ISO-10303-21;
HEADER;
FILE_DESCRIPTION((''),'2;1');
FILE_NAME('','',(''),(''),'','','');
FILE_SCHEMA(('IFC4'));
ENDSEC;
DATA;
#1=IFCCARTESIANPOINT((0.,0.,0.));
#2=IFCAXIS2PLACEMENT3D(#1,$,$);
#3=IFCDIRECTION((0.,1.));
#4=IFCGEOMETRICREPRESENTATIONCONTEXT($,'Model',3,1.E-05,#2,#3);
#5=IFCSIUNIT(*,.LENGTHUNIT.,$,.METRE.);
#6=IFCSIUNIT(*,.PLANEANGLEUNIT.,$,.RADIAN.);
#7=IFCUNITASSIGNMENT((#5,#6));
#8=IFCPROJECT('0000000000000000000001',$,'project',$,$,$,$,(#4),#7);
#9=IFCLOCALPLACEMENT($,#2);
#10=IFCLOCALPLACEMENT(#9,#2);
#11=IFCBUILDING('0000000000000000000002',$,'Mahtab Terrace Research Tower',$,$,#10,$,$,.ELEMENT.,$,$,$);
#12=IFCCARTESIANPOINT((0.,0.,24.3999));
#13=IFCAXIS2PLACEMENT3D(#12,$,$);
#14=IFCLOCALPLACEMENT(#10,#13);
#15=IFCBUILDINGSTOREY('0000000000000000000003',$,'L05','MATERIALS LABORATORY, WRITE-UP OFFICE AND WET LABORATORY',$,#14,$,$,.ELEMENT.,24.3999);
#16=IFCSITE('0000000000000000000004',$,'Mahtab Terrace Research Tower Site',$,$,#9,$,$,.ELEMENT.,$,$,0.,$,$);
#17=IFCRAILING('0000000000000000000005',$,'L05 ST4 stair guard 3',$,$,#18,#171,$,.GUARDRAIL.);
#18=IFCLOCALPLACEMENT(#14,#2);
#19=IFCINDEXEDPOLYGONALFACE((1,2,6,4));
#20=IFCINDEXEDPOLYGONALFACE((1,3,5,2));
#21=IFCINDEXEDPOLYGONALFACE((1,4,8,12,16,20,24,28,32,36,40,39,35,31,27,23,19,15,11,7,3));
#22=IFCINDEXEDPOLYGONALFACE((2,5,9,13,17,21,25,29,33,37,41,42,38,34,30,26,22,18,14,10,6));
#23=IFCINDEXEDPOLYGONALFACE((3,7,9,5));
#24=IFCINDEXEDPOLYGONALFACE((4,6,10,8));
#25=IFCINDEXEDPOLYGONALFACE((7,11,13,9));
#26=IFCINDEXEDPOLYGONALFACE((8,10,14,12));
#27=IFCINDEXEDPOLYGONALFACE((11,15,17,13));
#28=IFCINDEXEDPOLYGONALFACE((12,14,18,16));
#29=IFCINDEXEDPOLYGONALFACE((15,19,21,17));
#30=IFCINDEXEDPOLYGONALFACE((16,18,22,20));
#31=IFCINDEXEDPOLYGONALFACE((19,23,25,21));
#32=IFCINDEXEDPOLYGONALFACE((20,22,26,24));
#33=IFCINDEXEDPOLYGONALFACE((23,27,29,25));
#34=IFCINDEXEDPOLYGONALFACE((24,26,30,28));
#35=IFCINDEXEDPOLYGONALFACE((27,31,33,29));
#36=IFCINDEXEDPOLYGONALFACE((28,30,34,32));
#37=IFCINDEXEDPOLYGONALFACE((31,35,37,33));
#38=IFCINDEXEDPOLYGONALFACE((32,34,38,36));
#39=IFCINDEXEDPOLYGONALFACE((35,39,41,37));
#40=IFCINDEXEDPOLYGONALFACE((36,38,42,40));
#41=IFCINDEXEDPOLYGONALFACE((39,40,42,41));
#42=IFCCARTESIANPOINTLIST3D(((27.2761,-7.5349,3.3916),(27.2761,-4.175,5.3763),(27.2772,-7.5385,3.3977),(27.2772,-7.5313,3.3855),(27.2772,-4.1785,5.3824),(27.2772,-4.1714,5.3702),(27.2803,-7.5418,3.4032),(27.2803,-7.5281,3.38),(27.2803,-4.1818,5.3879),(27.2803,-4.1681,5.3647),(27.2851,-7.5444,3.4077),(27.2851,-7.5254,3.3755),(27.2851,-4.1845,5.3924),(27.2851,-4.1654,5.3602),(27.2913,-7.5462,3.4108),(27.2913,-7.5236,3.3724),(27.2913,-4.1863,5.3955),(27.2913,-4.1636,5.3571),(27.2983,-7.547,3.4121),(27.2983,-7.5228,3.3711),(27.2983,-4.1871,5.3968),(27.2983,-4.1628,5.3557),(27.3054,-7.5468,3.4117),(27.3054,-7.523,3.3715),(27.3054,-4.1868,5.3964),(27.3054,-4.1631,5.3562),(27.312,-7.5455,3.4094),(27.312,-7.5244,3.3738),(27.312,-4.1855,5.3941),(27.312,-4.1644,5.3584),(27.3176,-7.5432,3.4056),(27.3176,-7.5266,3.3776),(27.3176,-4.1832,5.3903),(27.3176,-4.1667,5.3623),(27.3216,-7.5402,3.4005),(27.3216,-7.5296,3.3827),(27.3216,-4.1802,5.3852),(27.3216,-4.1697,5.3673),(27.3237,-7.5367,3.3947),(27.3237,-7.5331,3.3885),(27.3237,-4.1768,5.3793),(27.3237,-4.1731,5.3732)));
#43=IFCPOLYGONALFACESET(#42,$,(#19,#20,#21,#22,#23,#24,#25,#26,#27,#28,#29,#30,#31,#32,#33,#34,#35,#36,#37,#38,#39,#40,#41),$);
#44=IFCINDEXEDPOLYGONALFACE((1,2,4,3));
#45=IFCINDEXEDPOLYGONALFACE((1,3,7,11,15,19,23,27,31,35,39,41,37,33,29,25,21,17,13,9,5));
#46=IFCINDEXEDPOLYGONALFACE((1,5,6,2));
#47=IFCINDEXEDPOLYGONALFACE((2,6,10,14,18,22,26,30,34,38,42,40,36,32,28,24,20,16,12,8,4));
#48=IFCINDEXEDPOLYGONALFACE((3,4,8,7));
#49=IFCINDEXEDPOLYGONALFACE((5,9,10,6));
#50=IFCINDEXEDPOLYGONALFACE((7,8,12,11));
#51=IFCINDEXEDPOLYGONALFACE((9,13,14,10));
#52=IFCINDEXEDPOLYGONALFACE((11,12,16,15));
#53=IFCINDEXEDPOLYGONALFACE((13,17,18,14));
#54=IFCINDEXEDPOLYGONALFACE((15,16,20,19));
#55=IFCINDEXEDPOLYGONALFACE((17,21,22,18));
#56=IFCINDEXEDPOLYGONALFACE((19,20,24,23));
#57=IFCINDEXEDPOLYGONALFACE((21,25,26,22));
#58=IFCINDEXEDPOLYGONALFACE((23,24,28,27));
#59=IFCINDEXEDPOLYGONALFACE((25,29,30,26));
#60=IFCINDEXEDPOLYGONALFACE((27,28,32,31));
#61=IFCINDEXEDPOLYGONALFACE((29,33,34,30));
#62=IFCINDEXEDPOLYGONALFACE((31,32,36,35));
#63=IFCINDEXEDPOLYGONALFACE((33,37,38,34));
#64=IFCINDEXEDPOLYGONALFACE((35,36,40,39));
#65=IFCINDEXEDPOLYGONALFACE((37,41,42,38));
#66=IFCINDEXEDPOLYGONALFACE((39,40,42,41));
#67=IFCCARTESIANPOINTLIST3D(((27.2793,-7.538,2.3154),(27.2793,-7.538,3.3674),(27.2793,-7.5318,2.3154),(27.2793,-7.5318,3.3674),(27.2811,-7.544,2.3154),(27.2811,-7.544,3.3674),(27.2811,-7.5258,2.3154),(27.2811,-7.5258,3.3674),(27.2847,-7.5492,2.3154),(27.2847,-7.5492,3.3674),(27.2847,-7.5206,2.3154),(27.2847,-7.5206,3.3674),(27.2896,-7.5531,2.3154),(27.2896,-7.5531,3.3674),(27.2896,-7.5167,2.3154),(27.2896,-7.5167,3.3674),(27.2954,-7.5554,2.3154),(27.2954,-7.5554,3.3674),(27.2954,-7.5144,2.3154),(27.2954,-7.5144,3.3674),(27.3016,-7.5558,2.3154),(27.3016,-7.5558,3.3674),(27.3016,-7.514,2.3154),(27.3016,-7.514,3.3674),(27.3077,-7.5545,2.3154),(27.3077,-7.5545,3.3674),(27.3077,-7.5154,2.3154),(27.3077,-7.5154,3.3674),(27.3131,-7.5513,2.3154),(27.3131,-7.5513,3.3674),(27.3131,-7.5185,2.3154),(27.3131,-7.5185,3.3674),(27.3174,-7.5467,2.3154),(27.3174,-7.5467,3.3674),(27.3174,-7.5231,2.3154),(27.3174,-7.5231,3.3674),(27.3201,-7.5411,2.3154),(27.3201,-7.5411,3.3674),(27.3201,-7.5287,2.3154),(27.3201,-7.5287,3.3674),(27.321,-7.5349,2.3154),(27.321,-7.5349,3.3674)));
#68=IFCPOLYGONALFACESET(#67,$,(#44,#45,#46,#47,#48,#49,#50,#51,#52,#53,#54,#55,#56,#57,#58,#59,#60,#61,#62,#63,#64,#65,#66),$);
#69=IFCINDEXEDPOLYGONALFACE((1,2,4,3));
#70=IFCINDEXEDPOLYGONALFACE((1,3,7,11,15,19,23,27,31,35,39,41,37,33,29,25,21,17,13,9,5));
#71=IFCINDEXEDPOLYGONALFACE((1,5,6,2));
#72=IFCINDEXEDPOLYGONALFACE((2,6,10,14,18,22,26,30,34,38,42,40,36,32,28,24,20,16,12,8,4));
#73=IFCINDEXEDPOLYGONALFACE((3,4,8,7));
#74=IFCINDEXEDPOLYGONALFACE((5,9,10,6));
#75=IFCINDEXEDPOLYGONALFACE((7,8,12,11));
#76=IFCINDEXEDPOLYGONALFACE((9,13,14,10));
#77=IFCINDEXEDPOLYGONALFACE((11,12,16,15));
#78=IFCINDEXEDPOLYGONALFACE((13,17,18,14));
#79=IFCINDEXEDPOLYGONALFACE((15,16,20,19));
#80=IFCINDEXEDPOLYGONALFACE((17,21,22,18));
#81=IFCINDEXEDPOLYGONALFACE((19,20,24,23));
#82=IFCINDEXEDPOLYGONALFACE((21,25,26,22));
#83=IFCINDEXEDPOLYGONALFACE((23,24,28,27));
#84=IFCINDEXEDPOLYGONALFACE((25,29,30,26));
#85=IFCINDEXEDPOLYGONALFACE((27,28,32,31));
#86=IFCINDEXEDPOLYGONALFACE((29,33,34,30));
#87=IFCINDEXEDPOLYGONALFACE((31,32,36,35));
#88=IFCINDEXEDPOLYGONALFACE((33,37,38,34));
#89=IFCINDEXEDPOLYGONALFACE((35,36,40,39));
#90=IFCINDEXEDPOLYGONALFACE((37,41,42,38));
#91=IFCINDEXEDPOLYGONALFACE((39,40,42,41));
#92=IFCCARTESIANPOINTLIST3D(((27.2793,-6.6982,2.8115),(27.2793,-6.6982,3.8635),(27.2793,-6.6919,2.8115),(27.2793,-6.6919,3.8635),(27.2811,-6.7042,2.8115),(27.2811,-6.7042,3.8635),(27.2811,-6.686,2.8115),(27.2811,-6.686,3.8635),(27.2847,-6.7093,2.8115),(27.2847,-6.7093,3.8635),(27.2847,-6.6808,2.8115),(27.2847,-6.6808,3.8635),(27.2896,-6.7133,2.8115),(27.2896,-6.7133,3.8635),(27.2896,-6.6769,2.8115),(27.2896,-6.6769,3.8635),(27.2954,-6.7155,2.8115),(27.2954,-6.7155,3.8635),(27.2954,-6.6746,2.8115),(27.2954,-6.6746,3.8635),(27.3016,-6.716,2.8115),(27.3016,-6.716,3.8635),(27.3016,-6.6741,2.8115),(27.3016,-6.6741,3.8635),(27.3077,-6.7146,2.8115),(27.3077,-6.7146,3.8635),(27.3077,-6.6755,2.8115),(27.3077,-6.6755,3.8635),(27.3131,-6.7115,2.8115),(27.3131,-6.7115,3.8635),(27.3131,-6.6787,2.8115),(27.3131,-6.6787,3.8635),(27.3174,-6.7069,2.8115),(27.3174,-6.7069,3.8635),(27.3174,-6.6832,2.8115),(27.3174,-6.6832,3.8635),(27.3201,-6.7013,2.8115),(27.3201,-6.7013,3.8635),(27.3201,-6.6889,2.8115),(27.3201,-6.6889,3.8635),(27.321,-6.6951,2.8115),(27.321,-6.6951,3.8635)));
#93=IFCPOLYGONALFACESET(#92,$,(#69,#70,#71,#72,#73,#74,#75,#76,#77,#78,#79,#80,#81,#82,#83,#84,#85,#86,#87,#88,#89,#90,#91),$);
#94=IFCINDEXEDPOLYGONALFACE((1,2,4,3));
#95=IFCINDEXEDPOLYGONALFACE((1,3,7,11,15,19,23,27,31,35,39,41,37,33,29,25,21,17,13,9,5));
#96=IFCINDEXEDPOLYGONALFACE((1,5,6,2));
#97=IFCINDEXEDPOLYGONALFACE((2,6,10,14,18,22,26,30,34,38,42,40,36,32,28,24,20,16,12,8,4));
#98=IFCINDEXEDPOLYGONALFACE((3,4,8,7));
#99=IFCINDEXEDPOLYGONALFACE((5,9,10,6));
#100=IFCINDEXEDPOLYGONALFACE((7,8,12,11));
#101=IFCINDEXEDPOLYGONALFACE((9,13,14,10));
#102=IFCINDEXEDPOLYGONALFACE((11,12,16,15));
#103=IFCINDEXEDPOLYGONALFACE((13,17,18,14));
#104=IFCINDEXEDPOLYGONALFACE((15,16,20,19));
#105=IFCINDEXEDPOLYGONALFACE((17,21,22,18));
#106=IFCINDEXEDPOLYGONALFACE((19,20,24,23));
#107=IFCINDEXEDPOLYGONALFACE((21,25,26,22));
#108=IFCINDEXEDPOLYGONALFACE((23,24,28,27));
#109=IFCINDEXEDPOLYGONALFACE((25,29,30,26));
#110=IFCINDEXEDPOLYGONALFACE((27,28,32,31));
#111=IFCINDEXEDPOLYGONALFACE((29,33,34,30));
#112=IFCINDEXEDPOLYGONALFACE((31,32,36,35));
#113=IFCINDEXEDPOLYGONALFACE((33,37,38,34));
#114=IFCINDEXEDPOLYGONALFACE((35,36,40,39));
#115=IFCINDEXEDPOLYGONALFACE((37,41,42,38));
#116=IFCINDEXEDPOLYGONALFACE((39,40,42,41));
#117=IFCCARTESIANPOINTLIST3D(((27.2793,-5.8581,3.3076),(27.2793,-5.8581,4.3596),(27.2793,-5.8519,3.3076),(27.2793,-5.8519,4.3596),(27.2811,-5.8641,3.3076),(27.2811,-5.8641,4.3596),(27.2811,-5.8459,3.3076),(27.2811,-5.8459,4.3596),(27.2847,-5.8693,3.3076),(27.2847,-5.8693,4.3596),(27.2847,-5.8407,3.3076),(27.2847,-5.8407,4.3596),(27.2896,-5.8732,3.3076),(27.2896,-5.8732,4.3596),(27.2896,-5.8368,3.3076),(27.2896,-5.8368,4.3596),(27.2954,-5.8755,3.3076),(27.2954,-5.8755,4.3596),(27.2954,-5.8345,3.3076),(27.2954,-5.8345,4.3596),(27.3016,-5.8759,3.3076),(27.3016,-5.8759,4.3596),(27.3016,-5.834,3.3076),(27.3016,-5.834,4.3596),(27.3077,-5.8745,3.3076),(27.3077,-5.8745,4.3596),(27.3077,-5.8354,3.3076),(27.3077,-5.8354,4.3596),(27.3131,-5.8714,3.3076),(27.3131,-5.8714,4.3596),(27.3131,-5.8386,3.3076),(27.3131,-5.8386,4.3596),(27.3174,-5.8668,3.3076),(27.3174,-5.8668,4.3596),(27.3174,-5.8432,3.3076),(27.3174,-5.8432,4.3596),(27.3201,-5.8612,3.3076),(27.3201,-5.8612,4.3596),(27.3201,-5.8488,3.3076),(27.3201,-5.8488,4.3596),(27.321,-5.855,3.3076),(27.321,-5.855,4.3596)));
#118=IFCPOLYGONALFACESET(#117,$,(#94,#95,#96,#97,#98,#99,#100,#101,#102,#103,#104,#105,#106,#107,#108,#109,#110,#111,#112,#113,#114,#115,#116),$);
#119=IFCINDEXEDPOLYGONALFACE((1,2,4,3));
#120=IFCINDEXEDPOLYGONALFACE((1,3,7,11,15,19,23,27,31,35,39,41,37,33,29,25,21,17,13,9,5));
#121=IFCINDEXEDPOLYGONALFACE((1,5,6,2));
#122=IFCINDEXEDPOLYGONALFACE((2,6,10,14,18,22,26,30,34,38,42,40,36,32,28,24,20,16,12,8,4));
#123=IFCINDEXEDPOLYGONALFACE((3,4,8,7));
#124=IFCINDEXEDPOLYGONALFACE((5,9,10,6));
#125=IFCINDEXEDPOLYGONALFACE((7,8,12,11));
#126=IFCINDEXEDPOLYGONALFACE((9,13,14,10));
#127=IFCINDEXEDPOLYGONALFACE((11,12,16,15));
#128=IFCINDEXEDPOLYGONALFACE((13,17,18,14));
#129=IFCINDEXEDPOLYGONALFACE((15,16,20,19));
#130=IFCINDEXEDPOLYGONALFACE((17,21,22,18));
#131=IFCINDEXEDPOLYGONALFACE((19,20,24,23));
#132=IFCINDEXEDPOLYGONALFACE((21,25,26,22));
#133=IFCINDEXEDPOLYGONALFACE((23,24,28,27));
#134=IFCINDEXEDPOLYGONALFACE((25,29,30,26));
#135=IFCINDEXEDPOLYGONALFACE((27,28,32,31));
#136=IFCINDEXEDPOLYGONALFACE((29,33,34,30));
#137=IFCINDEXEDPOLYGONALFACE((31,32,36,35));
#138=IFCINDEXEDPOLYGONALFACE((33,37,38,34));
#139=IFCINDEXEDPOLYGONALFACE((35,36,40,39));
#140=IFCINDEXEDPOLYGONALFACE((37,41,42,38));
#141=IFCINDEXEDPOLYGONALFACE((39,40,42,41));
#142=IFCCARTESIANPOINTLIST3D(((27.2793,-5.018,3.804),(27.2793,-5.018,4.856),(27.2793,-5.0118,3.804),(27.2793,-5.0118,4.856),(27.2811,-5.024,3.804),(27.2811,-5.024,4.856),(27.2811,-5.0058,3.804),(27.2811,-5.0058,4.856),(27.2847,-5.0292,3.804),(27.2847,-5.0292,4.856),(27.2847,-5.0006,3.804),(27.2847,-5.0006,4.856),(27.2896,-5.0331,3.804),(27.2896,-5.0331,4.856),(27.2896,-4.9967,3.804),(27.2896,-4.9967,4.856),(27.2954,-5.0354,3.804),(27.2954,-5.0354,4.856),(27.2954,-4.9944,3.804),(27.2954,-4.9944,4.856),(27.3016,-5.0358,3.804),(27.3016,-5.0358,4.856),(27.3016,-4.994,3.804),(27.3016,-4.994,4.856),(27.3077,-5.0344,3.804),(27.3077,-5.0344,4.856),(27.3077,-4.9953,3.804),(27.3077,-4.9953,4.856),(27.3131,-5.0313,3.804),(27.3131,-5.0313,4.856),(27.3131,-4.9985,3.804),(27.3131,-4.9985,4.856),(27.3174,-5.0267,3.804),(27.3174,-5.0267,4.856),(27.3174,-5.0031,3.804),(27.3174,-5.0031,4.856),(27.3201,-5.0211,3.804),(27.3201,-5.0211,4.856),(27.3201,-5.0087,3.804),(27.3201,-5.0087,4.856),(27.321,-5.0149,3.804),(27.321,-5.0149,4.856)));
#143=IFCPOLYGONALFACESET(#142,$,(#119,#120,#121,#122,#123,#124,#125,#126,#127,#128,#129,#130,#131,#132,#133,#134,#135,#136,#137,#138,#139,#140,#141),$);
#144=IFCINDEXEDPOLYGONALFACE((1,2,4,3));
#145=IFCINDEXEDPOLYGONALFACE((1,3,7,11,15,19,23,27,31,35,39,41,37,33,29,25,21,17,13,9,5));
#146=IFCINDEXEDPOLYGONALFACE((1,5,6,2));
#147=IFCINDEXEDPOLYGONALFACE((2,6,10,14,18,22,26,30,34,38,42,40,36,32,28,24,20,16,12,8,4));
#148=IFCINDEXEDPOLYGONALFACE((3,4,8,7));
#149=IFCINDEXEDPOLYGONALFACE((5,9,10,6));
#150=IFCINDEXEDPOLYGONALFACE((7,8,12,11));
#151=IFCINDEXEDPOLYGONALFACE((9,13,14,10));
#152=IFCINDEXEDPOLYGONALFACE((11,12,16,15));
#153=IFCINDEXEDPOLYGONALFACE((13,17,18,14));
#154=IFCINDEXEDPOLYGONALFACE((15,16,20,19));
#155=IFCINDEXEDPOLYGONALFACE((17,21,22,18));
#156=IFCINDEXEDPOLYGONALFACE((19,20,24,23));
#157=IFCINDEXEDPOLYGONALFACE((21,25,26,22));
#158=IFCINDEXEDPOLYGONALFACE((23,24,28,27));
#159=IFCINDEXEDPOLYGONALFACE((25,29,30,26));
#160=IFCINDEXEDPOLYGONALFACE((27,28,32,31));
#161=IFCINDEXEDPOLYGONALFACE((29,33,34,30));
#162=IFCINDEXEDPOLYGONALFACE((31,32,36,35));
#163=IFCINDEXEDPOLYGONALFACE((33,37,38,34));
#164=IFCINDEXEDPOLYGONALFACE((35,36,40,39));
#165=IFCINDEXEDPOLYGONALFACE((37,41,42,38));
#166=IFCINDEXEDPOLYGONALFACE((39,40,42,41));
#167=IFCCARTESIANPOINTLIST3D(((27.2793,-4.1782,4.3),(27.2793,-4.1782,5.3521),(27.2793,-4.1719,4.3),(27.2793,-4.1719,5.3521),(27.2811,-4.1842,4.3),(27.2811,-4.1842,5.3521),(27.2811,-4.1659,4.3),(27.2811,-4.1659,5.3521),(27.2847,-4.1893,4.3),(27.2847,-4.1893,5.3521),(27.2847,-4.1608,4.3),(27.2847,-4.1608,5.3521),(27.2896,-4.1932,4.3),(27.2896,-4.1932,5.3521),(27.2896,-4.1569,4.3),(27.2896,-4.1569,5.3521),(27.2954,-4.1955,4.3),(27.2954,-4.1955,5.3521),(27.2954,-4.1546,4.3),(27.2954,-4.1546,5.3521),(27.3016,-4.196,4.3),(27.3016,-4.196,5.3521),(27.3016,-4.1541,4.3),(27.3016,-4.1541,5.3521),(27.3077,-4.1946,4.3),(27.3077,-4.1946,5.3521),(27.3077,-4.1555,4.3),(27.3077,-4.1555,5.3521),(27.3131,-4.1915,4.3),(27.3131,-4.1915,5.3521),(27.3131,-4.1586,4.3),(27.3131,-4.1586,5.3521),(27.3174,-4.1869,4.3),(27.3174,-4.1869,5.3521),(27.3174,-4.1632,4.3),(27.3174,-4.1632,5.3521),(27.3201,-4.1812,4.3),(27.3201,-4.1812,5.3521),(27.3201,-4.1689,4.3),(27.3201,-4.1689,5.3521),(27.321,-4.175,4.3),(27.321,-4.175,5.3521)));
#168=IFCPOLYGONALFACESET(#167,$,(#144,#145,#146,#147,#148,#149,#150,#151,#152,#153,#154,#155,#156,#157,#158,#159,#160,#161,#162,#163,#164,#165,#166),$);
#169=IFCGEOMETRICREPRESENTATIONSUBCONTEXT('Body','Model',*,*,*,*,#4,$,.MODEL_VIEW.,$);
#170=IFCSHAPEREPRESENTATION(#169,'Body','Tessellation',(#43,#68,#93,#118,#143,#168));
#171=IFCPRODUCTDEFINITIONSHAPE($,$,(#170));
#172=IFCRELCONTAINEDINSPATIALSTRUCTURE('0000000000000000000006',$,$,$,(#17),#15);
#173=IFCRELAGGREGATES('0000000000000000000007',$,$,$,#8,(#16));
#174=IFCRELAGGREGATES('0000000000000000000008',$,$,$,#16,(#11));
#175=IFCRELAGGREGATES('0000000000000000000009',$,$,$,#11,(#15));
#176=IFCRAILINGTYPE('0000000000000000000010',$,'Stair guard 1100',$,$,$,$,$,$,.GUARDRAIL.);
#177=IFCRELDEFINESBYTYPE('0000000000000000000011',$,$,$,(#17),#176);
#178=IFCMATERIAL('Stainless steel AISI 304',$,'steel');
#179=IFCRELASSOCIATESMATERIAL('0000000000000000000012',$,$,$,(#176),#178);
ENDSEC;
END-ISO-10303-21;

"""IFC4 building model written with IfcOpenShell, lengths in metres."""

from ifc_helpers import new_model, si_unit, direction, frame, origin, origin_2d, place, context, subcontext, project, spatial, circle, extrude, material, type_object, element, save


model = new_model("IFC4")

# Units and contexts
model_context = context("Model", 3, precision=1e-05, world=origin(), true_north=direction((0.0, 1.0)))
body_context = subcontext(model_context, "Body", "Model", "MODEL_VIEW")
ifc_project = project(units=[si_unit("LENGTHUNIT", "METRE"), si_unit("PLANEANGLEUNIT", "RADIAN")], contexts=[model_context])

# Site, building, storey
site_placement = place(None, origin())
site = spatial("IfcSite", under=ifc_project, at=site_placement, Name="Mahtab Terrace Research Tower Site", CompositionType="ELEMENT", RefElevation=0.0)
building_placement = place(site_placement, origin())
building = spatial("IfcBuilding", under=site, at=building_placement, Name="Mahtab Terrace Research Tower", CompositionType="ELEMENT")
storey_placement = place(building_placement, frame((0.0, 0.0, 24.3999)))
storey = spatial("IfcBuildingStorey", under=building, at=storey_placement, Name="L05", Description="MATERIALS LABORATORY, WRITE-UP OFFICE AND WET LABORATORY", CompositionType="ELEMENT", Elevation=24.3999)

# Railing
ifc_material_1 = material(Name="Stainless steel AISI 304", Category="steel")
railing_type_1 = type_object("IfcRailingType", Name="Stair guard 1100", PredefinedType="GUARDRAIL", material=ifc_material_1)
railing_1_placement = place(storey_placement, frame((27.3, -7.5349, 2.3154)))
element("IfcRailing", 1, at=railing_1_placement, inside=storey, type_object=railing_type_1, Name="L05 ST4 stair guard 3", PredefinedType="GUARDRAIL", context=body_context, shape_type="SweptSolid", body=[
    extrude(circle(Radius=0.0239, at=origin_2d()), frame((0.0, 0.0, 1.0762), z_axis=(0.0, 0.861011, 0.508586), x_axis=(-1.0, 0.0, 0.0)), (0.0, 0.0, 1.0), 3.9023),
    extrude(circle(Radius=0.021, at=origin_2d()), origin(), (0.0, 0.0, 1.0), 1.052),
    extrude(circle(Radius=0.021, at=origin_2d()), frame((0.0, 0.8398, 0.4961)), (0.0, 0.0, 1.0), 1.052),
    extrude(circle(Radius=0.021, at=origin_2d()), frame((0.0, 1.6799, 0.9922)), (0.0, 0.0, 1.0), 1.052),
    extrude(circle(Radius=0.021, at=origin_2d()), frame((0.0, 2.52, 1.4885)), (0.0, 0.0, 1.0), 1.052),
    extrude(circle(Radius=0.021, at=origin_2d()), frame((0.0, 3.3599, 1.9846)), (0.0, 0.0, 1.0), 1.052),
])

save(model, "model.ifc")
